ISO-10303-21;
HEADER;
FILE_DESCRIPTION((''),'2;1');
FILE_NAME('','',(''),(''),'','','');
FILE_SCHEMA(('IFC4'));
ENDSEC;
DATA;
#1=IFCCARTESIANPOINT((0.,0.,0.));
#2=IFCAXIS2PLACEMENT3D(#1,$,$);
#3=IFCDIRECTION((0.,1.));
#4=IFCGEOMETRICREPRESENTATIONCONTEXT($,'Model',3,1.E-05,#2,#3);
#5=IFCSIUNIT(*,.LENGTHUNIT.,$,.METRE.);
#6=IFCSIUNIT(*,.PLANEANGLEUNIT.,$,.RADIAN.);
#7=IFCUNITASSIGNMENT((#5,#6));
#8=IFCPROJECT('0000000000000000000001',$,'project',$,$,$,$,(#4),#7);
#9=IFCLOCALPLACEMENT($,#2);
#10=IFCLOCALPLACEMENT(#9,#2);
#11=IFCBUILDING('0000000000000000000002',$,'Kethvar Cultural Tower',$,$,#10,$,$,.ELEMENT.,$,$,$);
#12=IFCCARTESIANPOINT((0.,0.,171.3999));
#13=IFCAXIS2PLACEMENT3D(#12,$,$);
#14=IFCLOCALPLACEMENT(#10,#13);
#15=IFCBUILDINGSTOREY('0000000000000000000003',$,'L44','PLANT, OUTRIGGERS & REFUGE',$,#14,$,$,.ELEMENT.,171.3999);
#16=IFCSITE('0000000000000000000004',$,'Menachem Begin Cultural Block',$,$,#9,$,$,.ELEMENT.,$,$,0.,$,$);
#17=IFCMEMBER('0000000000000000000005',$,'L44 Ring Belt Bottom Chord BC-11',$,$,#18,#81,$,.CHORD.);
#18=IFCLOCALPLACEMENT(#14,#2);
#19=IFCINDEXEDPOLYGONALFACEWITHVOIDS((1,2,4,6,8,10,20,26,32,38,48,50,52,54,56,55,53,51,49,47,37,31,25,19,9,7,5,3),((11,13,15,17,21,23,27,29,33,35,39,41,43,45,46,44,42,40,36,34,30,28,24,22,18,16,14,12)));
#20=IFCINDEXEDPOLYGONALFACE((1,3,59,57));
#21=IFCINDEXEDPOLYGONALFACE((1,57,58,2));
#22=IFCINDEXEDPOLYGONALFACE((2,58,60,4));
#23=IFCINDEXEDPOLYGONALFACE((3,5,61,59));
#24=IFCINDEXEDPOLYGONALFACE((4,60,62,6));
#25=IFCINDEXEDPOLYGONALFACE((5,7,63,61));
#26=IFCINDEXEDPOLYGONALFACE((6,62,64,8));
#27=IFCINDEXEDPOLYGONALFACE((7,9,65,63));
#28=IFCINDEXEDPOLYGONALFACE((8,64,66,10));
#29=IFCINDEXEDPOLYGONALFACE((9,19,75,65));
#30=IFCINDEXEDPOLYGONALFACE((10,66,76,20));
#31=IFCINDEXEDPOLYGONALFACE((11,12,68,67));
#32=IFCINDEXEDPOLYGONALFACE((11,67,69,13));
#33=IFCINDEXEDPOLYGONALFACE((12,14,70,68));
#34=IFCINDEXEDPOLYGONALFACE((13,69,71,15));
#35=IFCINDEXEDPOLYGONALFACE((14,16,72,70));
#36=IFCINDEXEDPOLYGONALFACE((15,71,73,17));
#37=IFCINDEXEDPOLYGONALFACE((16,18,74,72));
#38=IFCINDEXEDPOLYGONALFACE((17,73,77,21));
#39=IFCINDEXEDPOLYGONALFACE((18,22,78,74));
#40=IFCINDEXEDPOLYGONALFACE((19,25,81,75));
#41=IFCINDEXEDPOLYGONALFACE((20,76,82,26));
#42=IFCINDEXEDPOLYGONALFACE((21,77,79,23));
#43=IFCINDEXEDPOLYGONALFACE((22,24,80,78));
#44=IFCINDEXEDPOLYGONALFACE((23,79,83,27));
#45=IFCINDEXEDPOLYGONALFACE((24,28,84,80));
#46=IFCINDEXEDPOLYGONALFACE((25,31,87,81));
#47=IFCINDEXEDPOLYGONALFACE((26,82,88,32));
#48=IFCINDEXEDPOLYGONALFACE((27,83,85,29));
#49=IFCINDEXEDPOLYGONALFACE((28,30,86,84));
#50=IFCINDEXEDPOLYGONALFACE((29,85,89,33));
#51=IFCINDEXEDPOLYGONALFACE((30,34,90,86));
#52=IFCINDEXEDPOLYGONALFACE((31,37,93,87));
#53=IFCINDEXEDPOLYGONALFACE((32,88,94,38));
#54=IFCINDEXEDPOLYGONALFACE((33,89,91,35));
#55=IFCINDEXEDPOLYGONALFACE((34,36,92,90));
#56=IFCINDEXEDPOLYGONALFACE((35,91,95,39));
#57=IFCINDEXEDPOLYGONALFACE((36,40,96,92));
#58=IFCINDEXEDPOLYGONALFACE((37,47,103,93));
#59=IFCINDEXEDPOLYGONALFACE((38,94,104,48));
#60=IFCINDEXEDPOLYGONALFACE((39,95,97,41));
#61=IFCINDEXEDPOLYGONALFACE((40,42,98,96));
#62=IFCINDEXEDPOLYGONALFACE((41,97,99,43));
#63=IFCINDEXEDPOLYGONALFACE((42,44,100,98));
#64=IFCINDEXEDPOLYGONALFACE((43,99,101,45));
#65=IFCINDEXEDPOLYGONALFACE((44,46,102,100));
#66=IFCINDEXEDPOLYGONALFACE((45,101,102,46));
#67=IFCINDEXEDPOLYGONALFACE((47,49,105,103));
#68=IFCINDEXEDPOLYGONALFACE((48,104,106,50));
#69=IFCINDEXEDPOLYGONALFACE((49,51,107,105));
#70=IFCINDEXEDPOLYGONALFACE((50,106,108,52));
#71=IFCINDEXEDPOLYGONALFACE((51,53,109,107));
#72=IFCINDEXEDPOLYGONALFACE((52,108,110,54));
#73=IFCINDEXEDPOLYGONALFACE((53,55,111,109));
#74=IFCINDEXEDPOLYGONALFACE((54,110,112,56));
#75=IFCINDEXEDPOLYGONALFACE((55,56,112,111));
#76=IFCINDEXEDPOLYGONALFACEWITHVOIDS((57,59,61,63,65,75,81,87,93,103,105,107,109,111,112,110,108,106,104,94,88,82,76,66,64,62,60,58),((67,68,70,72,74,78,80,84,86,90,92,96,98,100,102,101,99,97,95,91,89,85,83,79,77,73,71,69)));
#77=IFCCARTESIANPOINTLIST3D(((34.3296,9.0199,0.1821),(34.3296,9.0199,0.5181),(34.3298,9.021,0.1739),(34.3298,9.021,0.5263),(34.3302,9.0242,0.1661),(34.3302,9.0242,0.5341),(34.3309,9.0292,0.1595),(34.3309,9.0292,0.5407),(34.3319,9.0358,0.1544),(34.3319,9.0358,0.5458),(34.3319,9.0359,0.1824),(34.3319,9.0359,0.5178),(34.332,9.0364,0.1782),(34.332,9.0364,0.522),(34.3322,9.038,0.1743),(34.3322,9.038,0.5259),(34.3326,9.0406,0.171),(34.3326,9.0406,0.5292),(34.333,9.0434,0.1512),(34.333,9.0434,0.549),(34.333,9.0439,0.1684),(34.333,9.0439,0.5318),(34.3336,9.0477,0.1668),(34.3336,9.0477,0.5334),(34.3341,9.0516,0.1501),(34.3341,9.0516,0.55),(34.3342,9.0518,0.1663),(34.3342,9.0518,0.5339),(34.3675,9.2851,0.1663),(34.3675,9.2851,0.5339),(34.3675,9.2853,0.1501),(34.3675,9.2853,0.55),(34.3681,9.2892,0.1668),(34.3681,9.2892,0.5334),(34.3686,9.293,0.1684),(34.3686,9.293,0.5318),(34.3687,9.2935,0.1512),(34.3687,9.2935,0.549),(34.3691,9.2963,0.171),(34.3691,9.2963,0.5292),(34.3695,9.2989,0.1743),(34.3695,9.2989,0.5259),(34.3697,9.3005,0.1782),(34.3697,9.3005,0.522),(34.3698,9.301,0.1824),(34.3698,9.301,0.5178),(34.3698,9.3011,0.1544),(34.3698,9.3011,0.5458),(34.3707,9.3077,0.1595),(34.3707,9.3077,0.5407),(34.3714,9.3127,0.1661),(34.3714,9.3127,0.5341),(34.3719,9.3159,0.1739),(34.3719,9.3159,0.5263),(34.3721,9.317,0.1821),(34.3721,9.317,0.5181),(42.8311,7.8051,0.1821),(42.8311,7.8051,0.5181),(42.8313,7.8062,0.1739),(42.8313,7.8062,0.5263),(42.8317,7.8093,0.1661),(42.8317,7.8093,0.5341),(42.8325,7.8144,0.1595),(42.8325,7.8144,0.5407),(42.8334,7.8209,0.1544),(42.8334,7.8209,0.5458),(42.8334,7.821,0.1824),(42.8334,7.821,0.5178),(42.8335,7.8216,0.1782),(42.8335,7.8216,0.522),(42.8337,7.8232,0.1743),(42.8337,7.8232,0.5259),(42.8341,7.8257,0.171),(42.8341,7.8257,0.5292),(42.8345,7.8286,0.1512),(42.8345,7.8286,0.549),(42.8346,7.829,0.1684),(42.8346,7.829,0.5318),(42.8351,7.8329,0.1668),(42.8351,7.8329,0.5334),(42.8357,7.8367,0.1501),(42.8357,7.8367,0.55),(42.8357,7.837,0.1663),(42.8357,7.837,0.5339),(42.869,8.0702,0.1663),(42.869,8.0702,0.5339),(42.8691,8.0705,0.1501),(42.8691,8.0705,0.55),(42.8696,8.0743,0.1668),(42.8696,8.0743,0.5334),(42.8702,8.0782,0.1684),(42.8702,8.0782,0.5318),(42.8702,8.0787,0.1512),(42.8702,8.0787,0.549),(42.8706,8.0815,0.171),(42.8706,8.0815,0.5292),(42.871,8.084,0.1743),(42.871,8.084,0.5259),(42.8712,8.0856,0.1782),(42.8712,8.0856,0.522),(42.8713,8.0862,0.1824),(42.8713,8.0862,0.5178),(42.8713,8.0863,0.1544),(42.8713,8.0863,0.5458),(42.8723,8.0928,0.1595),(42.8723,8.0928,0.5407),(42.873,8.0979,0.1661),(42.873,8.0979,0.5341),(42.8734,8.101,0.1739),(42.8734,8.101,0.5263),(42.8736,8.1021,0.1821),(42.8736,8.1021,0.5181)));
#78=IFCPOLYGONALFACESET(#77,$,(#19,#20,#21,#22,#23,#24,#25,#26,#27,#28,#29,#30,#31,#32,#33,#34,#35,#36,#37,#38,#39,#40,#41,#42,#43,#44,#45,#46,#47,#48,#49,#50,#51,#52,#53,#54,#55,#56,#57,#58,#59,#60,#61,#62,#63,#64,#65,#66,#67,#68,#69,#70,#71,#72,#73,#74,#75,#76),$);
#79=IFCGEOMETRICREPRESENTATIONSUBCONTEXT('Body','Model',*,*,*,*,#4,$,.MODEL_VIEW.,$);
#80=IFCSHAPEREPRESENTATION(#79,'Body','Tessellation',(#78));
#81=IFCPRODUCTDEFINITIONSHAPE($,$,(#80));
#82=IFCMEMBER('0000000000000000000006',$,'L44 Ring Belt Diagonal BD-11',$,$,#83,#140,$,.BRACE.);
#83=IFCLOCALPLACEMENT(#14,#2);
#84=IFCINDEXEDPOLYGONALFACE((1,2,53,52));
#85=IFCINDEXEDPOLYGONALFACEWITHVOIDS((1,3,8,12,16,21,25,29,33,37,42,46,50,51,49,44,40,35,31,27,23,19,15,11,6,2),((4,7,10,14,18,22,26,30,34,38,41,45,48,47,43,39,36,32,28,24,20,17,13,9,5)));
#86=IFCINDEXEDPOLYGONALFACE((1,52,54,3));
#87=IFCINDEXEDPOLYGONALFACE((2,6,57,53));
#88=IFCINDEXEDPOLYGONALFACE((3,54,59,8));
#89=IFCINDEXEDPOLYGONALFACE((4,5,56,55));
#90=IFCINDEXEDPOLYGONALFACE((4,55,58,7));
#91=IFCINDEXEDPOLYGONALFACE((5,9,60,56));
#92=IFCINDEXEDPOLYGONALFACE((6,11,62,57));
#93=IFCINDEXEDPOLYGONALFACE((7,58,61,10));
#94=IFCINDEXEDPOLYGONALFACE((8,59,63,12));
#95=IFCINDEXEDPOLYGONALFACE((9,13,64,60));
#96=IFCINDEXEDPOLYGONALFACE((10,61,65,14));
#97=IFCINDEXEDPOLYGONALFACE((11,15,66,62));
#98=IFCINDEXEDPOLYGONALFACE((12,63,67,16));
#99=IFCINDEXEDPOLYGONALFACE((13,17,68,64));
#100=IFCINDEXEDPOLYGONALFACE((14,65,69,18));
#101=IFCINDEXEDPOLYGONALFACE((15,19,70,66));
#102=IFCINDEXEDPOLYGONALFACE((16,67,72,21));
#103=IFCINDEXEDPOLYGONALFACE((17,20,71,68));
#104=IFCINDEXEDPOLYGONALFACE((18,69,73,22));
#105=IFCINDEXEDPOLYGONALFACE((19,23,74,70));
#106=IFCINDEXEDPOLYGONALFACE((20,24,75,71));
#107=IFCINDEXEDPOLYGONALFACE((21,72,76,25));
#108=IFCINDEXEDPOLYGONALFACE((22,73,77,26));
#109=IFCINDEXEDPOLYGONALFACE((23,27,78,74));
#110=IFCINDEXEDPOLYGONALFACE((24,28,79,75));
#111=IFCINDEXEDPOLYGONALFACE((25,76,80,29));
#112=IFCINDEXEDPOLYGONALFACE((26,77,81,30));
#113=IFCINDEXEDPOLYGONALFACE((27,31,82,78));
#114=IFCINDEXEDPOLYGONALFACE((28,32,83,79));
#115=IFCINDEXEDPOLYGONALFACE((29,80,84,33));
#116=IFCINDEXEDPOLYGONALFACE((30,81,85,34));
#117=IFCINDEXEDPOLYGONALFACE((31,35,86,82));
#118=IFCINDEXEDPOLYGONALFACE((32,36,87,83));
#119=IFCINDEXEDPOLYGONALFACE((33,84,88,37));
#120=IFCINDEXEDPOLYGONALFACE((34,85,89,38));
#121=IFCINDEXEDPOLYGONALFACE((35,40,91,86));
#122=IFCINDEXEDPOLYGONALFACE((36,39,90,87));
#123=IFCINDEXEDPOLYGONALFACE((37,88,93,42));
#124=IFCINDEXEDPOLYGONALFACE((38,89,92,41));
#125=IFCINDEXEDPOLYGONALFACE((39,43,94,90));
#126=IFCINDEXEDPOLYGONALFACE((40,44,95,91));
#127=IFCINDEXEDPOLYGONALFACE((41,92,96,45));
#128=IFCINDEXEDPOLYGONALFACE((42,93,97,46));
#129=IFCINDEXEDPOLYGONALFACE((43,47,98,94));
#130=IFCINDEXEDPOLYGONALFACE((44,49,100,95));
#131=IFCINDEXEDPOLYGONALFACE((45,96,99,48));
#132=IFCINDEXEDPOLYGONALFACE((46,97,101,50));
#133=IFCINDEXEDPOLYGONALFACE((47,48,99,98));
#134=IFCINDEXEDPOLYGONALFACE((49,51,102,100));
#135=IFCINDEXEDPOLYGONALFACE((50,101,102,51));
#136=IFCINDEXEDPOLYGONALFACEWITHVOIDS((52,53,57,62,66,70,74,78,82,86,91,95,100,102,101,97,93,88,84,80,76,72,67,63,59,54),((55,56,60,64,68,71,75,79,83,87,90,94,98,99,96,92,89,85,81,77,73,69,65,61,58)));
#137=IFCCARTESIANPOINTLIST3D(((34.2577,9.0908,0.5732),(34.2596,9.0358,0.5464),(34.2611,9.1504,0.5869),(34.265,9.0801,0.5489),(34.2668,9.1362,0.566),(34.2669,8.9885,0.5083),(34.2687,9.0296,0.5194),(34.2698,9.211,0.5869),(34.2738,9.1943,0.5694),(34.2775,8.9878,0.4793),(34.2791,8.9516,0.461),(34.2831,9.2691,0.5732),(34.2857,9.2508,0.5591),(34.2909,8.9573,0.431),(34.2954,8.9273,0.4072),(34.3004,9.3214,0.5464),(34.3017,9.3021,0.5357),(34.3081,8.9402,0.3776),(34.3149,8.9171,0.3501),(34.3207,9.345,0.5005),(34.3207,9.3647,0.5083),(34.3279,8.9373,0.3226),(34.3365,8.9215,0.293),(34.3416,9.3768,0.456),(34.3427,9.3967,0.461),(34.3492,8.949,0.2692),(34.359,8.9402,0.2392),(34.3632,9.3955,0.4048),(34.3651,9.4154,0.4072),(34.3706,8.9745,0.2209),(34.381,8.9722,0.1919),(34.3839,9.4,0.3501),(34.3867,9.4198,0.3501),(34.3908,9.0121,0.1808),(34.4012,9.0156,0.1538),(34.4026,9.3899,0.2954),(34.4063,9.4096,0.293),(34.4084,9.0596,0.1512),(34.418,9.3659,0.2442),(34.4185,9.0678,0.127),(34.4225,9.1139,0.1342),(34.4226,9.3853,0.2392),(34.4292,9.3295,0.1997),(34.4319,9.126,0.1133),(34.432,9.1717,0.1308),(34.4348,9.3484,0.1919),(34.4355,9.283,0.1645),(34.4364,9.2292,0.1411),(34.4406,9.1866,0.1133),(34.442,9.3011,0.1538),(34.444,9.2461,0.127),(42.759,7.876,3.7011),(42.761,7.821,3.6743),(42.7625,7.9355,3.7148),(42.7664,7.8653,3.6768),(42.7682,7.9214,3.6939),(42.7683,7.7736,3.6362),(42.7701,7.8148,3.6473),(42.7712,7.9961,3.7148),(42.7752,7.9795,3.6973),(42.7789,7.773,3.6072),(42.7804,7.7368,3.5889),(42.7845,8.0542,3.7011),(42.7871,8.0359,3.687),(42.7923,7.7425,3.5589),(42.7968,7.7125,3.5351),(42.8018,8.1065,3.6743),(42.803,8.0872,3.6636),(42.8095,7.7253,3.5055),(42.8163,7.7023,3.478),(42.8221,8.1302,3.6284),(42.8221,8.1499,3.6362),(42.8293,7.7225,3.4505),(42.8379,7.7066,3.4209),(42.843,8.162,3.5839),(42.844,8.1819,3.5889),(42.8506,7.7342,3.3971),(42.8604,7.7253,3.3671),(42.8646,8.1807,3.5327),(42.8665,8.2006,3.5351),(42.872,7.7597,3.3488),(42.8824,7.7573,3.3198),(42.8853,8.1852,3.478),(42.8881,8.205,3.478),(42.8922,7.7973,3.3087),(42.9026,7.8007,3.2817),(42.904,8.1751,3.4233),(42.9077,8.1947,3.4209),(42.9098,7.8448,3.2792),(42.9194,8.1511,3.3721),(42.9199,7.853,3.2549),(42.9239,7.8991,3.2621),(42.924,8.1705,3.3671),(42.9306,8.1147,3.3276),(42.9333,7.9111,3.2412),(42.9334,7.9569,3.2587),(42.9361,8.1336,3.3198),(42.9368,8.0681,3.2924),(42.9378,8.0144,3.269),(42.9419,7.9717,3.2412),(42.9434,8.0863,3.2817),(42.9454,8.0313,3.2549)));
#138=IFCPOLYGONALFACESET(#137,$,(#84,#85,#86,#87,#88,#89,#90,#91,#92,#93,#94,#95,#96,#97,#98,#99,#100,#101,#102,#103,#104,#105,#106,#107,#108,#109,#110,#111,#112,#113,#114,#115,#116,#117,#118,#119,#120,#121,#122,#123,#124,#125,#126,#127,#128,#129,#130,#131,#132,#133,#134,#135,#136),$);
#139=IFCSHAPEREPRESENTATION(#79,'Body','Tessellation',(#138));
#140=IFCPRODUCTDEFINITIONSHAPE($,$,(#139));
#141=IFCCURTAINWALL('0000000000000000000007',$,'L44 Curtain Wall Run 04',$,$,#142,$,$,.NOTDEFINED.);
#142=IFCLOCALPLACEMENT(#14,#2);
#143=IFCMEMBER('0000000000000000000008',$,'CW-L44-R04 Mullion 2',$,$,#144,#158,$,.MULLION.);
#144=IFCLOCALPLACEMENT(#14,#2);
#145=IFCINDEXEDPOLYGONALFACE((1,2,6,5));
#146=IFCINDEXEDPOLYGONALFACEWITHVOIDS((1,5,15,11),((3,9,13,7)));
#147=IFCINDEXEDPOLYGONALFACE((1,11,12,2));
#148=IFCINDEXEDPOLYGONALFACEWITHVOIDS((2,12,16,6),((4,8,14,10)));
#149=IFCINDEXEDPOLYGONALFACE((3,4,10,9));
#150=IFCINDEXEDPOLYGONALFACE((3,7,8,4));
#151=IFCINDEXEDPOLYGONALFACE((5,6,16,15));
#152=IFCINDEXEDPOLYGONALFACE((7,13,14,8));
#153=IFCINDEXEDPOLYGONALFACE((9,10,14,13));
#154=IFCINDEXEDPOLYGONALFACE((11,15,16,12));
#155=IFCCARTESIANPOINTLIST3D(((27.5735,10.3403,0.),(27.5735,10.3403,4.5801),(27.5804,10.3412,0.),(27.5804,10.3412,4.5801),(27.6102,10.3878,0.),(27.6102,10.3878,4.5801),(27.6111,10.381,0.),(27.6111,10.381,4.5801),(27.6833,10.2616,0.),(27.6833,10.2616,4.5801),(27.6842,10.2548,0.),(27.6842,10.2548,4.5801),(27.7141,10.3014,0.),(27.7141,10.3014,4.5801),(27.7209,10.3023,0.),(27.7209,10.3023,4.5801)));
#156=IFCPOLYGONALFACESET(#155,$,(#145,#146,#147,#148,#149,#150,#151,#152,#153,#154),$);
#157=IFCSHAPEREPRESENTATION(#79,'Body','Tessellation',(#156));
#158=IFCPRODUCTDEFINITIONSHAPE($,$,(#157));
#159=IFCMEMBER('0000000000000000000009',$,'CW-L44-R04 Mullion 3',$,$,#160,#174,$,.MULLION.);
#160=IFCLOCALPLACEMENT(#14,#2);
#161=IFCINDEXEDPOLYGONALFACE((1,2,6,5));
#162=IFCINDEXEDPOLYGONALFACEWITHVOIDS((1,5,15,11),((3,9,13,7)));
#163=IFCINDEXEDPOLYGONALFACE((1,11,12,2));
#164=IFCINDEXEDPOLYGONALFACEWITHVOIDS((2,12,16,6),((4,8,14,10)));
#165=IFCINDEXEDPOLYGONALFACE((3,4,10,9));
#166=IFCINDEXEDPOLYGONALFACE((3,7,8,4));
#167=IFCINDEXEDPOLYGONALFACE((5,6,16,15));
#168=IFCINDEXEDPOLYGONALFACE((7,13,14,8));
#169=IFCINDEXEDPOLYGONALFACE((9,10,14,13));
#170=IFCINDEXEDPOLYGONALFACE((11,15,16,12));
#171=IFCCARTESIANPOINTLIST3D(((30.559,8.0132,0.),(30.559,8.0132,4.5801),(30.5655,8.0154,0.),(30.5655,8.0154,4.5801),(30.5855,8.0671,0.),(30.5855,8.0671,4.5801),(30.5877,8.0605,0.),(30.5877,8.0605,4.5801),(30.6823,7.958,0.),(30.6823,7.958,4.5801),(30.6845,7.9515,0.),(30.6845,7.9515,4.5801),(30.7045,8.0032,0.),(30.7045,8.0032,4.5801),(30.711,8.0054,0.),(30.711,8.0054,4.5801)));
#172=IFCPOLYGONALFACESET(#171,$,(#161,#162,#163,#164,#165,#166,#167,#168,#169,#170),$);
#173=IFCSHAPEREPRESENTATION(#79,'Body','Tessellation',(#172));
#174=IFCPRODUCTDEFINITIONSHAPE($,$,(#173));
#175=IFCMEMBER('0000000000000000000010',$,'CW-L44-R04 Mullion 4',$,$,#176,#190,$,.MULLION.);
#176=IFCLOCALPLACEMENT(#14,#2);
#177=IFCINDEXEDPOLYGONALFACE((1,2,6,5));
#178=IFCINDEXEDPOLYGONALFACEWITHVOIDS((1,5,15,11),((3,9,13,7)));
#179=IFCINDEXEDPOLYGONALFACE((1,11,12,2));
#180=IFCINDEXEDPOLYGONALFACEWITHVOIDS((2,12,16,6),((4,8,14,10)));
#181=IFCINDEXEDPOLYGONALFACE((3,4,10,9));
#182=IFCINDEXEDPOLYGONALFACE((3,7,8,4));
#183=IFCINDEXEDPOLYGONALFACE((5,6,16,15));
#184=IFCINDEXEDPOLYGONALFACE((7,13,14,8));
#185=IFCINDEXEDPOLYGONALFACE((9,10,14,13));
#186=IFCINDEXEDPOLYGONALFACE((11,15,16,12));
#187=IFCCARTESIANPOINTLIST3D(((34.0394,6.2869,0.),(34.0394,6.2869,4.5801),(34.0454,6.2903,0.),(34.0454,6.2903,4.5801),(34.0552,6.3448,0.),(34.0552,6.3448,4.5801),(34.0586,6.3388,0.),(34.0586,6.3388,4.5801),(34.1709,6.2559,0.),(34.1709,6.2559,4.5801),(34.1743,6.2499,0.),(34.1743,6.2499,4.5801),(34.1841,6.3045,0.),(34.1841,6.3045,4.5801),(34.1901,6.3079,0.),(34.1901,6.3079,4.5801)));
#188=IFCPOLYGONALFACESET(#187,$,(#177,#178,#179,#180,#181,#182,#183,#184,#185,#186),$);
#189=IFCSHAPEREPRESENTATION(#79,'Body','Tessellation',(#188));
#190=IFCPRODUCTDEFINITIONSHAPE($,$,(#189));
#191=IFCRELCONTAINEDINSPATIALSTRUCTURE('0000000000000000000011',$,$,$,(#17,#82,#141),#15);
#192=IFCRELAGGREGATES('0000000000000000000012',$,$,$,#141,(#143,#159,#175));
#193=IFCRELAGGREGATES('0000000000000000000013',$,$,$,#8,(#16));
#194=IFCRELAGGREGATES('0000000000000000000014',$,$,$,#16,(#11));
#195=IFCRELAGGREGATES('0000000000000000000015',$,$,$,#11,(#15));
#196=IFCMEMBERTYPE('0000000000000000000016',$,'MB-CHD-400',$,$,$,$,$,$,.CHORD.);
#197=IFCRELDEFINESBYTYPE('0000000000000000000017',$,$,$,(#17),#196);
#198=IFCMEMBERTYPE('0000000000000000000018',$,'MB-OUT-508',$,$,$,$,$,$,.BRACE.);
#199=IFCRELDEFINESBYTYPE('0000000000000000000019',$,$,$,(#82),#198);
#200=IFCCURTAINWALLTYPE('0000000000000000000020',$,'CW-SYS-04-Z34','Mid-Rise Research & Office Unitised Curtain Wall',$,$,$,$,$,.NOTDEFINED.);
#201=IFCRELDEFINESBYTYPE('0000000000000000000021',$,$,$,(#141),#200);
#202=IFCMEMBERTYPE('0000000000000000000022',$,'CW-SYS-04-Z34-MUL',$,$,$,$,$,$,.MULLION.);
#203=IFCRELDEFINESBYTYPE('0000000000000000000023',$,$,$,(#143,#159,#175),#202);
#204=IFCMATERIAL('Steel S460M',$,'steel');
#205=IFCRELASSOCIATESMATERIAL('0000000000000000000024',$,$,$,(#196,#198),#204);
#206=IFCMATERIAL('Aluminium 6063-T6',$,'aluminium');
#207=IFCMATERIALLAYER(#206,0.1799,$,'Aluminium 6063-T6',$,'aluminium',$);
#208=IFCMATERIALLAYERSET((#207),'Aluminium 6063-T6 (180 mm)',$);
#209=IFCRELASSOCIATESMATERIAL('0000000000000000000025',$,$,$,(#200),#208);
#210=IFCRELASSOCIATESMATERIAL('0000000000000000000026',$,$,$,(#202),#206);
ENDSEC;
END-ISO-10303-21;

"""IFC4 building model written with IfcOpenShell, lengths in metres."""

from ifc_helpers import new_model, si_unit, direction, frame, origin, origin_2d, place, context, subcontext, project, spatial, hollow_rectangle, hollow_circle, extrude, source, transform, mapped, material, layer, layer_set, material_profile, profile_set, type_object, element, aggregate, save


model = new_model("IFC4")

# Units and contexts
model_context = context("Model", 3, precision=1e-05, world=origin(), true_north=direction((0.0, 1.0)))
body_context = subcontext(model_context, "Body", "Model", "MODEL_VIEW")
ifc_project = project(units=[si_unit("LENGTHUNIT", "METRE"), si_unit("PLANEANGLEUNIT", "RADIAN")], contexts=[model_context])

# Site, building, storey
site_placement = place(None, origin())
site = spatial("IfcSite", under=ifc_project, at=site_placement, Name="Menachem Begin Cultural Block", CompositionType="ELEMENT", RefElevation=0.0)
building_placement = place(site_placement, origin())
building = spatial("IfcBuilding", under=site, at=building_placement, Name="Kethvar Cultural Tower", CompositionType="ELEMENT")
storey_placement = place(building_placement, frame((0.0, 0.0, 171.3999)))
storey = spatial("IfcBuildingStorey", under=building, at=storey_placement, Name="L44", Description="PLANT, OUTRIGGERS & REFUGE", CompositionType="ELEMENT", Elevation=171.3999)

# Shared definitions
ifc_material_1 = material(Name="Steel S460M", Category="steel")

# Shared definitions
ifc_material_profile_1 = material_profile(ifc_material_1, hollow_rectangle(XDim=0.3, YDim=0.3999, WallThickness=0.0161, InnerFilletRadius=0.0161, OuterFilletRadius=0.032, at=origin_2d()), Name="Steel S460M — RHS400x300x16")
ifc_profile_set_1 = profile_set([ifc_material_profile_1], Name="Steel S460M — RHS400x300x16")
member_type_1 = type_object("IfcMemberType", Name="MB-CHD-400", PredefinedType="CHORD", material=ifc_profile_set_1)
ifc_material_profile_2 = material_profile(ifc_material_1, hollow_circle(Radius=0.2539, WallThickness=0.02, at=origin_2d()), Name="Steel S460M — CHS508x20")
ifc_profile_set_2 = profile_set([ifc_material_profile_2], Name="Steel S460M — CHS508x20")
member_type_2 = type_object("IfcMemberType", Name="MB-OUT-508", PredefinedType="BRACE", material=ifc_profile_set_2)

# Members
shared_shape_1 = source(origin(), body_context, "Body", "SweptSolid", [
    extrude(hollow_rectangle(XDim=0.3, YDim=0.3999, WallThickness=0.0161, InnerFilletRadius=0.0161, OuterFilletRadius=0.032, at=origin_2d()), origin(), (0.0, 0.0, 1.0), 8.5879),
])
member_1_placement = place(storey_placement, frame((34.3508, 9.1685, 0.3501), z_axis=(0.989944, -0.141461, 0.0), x_axis=(0.141461, 0.989944, 0.0)))
element("IfcMember", 1, at=member_1_placement, inside=storey, type_object=member_type_1, Name="L44 Ring Belt Bottom Chord BC-11", PredefinedType="CHORD", context=body_context, shape_type="MappedRepresentation", body=[
    mapped(shared_shape_1, transform((0.0, 0.0, 0.0), scale=1.0)),
])
shared_shape_2 = source(origin(), body_context, "Body", "SweptSolid", [
    extrude(hollow_circle(Radius=0.2539, WallThickness=0.02, at=origin_2d()), origin(), (0.0, 0.0, 1.0), 9.1396),
])
member_2_placement = place(storey_placement, frame((34.3508, 9.1685, 0.3501), z_axis=(0.930166, -0.132919, 0.342234), x_axis=(0.141461, 0.989944, 0.0)))
element("IfcMember", 2, at=member_2_placement, inside=storey, type_object=member_type_2, Name="L44 Ring Belt Diagonal BD-11", PredefinedType="BRACE", context=body_context, shape_type="MappedRepresentation", body=[
    mapped(shared_shape_2, transform((0.0, 0.0, 0.0), scale=1.0)),
])

# Curtain wall, members
ifc_material_2 = material(Name="Aluminium 6063-T6", Category="aluminium")
ifc_layer_1 = layer(ifc_material_2, 0.1799, Name="Aluminium 6063-T6", Category="aluminium")
ifc_layer_set_1 = layer_set([ifc_layer_1], Name="Aluminium 6063-T6 (180 mm)")
curtain_wall_type = type_object("IfcCurtainWallType", Name="CW-SYS-04-Z34", Description="Mid-Rise Research & Office Unitised Curtain Wall", PredefinedType="NOTDEFINED", material=ifc_layer_set_1)
curtain_wall_placement = place(storey_placement, origin())
curtain_wall = element("IfcCurtainWall", 3, at=curtain_wall_placement, inside=storey, type_object=curtain_wall_type, Name="L44 Curtain Wall Run 04", PredefinedType="NOTDEFINED")
ifc_material_profile_3 = material_profile(ifc_material_2, hollow_rectangle(XDim=0.0601, YDim=0.1399, WallThickness=0.0049, at=origin_2d()), Name="Aluminium 6063-T6 — RHS140x60x5")
ifc_profile_set_3 = profile_set([ifc_material_profile_3], Name="Aluminium 6063-T6 — RHS140x60x5")
member_type_3 = type_object("IfcMemberType", Name="CW-SYS-04-Z34-MUL", PredefinedType="MULLION", material=ifc_profile_set_3)
shared_shape_3 = source(origin(), body_context, "Body", "SweptSolid", [
    extrude(hollow_rectangle(XDim=0.0601, YDim=0.1399, WallThickness=0.0049, at=origin_2d()), origin(), (0.0, 0.0, 1.0), 4.5801),
])
member_3_placement = place(storey_placement, frame((27.6472, 10.3213, 0.0), z_axis=(0.0, 0.0, 1.0), x_axis=(0.611527, 0.791224, 0.0)))
member_3 = element("IfcMember", 4, at=member_3_placement, type_object=member_type_3, Name="CW-L44-R04 Mullion 2", PredefinedType="MULLION", context=body_context, shape_type="MappedRepresentation", body=[
    mapped(shared_shape_3, transform((0.0, 0.0, 0.0), scale=1.0)),
])
member_4_placement = place(storey_placement, frame((30.635, 8.0093, 0.0), z_axis=(0.0, 0.0, 1.0), x_axis=(0.441005, 0.897505, 0.0)))
member_4 = element("IfcMember", 5, at=member_4_placement, type_object=member_type_3, Name="CW-L44-R04 Mullion 3", PredefinedType="MULLION", context=body_context, shape_type="MappedRepresentation", body=[
    mapped(shared_shape_3, transform((0.0, 0.0, 0.0), scale=1.0)),
])
member_5_placement = place(storey_placement, frame((34.1147, 6.2974, 0.0), z_axis=(0.0, 0.0, 1.0), x_axis=(0.263839, 0.964567, 0.0)))
member_5 = element("IfcMember", 6, at=member_5_placement, type_object=member_type_3, Name="CW-L44-R04 Mullion 4", PredefinedType="MULLION", context=body_context, shape_type="MappedRepresentation", body=[
    mapped(shared_shape_3, transform((0.0, 0.0, 0.0), scale=1.0)),
])

aggregate(curtain_wall, [member_3, member_4, member_5])

save(model, "model.ifc")
